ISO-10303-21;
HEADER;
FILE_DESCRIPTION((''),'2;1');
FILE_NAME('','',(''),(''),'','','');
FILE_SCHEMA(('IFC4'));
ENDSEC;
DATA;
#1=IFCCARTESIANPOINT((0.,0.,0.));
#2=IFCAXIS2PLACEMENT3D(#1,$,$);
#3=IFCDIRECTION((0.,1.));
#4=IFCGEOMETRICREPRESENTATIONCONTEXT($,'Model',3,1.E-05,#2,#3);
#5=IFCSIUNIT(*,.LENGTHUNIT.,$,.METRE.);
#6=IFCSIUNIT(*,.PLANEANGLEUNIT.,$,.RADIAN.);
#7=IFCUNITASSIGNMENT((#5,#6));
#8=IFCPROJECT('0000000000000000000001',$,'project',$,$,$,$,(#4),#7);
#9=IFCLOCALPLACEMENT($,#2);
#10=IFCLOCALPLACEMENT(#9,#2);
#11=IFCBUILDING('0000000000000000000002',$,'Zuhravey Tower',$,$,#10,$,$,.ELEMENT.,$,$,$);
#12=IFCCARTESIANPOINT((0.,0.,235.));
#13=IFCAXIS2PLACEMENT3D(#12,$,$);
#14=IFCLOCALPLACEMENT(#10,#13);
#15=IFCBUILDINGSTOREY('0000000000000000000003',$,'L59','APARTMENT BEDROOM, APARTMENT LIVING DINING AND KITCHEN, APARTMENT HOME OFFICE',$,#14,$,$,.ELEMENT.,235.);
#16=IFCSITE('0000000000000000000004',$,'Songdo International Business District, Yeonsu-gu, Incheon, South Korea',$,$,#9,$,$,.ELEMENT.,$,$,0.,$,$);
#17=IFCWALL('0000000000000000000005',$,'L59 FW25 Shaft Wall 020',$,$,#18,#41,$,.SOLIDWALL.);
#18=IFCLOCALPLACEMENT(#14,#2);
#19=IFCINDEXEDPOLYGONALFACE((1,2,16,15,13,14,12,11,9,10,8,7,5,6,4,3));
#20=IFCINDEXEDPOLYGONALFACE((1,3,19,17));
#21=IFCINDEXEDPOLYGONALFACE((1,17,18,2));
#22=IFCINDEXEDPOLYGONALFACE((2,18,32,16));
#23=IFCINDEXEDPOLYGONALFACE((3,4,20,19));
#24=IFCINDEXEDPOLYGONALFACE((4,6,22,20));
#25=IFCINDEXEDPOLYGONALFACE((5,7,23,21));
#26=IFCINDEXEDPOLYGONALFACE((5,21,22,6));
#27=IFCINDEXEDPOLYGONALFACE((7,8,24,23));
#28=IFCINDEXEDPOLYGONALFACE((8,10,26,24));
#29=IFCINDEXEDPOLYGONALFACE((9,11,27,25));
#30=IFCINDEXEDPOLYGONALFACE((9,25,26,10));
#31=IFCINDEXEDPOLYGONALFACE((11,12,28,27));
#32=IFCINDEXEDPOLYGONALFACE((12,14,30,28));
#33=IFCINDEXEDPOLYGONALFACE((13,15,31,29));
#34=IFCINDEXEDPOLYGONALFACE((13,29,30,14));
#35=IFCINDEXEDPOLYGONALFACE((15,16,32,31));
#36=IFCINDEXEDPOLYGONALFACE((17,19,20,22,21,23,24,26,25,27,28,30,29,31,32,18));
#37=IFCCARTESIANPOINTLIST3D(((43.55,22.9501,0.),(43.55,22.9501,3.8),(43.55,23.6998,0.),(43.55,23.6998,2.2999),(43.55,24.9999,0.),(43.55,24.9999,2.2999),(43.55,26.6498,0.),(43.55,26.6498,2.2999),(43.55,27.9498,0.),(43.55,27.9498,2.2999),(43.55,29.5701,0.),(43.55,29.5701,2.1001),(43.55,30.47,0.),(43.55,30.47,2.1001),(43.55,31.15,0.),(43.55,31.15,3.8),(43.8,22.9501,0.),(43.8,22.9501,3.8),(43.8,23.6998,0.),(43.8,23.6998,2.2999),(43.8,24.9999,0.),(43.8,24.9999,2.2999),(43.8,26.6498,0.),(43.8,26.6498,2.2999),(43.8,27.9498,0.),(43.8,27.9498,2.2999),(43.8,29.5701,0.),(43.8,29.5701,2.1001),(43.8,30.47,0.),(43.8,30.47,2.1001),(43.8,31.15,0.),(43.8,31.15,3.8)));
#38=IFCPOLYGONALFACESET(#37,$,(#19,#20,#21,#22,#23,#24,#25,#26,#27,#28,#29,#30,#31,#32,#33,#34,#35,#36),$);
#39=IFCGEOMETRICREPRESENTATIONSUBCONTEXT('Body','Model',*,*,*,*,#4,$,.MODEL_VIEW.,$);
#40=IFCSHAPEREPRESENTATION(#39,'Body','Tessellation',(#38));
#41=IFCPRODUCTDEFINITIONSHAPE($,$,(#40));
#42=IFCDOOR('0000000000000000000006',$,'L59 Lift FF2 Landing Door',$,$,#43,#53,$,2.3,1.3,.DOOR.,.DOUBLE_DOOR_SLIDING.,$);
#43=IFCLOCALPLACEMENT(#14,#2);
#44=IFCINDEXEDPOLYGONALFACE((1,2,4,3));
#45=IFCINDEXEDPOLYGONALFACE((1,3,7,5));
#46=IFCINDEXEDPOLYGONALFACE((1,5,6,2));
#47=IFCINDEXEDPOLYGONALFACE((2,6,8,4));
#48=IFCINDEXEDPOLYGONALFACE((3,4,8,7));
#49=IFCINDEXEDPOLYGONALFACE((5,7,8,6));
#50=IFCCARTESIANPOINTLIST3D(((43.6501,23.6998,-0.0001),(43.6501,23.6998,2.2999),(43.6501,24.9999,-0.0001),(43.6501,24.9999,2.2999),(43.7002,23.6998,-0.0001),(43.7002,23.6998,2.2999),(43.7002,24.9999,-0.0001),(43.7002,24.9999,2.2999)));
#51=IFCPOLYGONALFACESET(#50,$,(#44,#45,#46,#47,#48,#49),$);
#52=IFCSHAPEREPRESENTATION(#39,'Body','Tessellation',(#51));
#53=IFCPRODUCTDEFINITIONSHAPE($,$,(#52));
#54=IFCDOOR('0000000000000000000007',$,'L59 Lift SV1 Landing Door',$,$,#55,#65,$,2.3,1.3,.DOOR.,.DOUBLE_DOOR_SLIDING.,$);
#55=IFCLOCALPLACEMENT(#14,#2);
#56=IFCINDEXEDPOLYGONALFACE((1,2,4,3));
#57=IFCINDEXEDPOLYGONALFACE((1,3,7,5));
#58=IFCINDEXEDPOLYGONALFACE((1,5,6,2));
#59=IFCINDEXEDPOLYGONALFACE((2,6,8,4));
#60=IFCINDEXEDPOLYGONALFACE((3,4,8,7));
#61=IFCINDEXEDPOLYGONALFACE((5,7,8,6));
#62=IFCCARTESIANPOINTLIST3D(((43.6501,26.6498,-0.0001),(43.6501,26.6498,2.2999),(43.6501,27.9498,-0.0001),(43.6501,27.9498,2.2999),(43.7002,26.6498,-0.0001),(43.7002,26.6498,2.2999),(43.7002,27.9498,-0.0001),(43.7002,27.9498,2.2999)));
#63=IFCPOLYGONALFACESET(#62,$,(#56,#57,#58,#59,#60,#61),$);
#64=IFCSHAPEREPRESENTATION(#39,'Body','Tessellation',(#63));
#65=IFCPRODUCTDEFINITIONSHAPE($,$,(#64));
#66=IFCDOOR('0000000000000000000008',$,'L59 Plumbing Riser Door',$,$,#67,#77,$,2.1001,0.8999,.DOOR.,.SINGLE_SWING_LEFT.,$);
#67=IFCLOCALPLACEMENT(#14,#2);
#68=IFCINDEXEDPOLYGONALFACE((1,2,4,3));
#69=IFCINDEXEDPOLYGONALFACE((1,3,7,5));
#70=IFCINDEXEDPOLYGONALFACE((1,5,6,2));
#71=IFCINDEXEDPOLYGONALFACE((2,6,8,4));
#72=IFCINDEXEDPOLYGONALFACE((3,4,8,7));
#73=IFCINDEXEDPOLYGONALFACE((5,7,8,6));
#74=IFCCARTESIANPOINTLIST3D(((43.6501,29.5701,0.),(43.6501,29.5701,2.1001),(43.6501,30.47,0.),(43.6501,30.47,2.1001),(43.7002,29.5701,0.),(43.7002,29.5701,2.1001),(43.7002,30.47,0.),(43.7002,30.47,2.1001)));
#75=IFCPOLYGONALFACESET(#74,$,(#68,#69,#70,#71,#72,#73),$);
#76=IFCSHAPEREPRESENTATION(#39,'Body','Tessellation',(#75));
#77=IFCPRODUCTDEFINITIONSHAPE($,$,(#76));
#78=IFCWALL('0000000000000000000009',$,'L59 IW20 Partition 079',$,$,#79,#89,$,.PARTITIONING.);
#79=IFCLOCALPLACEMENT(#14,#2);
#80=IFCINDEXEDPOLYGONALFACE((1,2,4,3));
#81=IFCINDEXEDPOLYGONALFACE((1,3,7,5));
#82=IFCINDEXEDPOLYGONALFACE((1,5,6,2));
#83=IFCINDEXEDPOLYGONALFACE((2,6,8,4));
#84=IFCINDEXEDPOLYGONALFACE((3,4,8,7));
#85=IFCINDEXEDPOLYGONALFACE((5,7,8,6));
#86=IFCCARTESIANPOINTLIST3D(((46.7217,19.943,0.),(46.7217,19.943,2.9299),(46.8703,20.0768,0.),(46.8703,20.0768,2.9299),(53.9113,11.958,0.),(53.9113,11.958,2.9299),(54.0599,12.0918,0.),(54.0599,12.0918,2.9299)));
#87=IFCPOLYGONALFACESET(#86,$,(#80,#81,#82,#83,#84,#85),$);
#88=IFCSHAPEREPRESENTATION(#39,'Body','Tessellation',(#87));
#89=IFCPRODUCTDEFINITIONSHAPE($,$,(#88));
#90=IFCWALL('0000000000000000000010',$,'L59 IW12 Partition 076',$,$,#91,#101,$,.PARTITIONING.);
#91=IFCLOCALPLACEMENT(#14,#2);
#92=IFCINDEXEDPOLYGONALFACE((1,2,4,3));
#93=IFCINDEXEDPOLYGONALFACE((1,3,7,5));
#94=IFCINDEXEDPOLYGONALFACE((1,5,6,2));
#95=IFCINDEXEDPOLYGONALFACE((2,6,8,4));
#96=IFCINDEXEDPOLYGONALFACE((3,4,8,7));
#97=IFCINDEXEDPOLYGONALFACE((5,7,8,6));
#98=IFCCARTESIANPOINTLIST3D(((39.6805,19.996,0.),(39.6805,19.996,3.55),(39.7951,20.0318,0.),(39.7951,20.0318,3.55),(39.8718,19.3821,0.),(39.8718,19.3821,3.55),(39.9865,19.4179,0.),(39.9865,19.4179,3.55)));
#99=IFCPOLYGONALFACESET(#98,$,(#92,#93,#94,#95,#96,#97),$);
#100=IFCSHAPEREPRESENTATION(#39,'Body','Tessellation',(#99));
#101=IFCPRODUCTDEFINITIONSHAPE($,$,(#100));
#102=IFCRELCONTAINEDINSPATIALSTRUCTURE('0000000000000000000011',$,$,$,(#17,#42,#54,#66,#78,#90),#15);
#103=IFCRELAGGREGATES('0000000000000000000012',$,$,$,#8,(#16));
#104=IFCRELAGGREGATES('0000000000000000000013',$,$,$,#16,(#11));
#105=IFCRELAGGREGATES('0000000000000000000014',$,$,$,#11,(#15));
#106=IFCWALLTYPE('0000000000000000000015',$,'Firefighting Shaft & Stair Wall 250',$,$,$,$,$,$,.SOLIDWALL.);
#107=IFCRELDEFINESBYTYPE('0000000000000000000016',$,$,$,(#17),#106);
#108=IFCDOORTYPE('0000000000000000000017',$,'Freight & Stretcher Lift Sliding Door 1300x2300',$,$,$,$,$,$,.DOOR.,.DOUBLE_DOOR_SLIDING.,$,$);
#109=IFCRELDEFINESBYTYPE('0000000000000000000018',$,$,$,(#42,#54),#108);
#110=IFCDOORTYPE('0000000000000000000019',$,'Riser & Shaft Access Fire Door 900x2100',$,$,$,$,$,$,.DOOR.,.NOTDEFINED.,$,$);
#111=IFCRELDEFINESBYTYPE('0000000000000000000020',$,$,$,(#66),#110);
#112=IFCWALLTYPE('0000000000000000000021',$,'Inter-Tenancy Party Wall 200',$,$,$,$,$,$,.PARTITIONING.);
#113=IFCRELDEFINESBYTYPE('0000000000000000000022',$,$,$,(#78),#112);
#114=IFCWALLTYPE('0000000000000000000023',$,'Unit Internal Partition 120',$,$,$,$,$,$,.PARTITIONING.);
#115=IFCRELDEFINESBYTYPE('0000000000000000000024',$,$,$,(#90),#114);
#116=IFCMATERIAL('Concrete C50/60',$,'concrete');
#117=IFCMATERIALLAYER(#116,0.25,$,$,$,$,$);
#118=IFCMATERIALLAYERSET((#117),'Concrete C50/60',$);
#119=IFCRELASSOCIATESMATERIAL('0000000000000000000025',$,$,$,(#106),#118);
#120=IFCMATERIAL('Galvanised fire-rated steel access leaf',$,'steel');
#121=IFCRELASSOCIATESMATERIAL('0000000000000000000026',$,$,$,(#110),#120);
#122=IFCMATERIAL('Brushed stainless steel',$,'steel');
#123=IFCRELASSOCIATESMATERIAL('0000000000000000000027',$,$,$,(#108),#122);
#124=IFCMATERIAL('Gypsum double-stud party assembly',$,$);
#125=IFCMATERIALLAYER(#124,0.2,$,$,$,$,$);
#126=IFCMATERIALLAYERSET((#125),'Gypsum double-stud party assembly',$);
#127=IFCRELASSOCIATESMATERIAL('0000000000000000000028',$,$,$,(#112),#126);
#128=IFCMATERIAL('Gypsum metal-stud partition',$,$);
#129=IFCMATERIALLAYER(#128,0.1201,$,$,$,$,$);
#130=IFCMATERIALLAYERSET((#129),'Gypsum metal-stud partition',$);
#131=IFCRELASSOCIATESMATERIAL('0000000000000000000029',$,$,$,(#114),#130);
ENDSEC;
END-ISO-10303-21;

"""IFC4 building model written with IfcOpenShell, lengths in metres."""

from ifc_helpers import new_model, si_unit, direction, frame, frame_2d, origin, place, context, subcontext, project, spatial, rectangle, extrude, material, layer, layer_set, type_object, element, fill, save


model = new_model("IFC4")

# Units and contexts
model_context = context("Model", 3, precision=1e-05, world=origin(), true_north=direction((0.0, 1.0)))
body_context = subcontext(model_context, "Body", "Model", "MODEL_VIEW")
ifc_project = project(units=[si_unit("LENGTHUNIT", "METRE"), si_unit("PLANEANGLEUNIT", "RADIAN")], contexts=[model_context])

# Site, building, storey
site_placement = place(None, origin())
site = spatial("IfcSite", under=ifc_project, at=site_placement, Name="Songdo International Business District, Yeonsu-gu, Incheon, South Korea", CompositionType="ELEMENT", RefElevation=0.0)
building_placement = place(site_placement, origin())
building = spatial("IfcBuilding", under=site, at=building_placement, Name="Zuhravey Tower", CompositionType="ELEMENT")
storey_placement = place(building_placement, frame((0.0, 0.0, 235.0)))
storey = spatial("IfcBuildingStorey", under=building, at=storey_placement, Name="L59", Description="APARTMENT BEDROOM, APARTMENT LIVING DINING AND KITCHEN, APARTMENT HOME OFFICE", CompositionType="ELEMENT", Elevation=235.0)

# Shared definitions
ifc_material_1 = material(Name="Concrete C50/60", Category="concrete")

# Shared definitions
ifc_layer_1 = layer(ifc_material_1, 0.25)
ifc_layer_set_1 = layer_set([ifc_layer_1], Name="Concrete C50/60")
wall_type_1 = type_object("IfcWallType", Name="Firefighting Shaft & Stair Wall 250", PredefinedType="SOLIDWALL", material=ifc_layer_set_1)
ifc_material_2 = material(Name="Galvanised fire-rated steel access leaf", Category="steel")
door_type_1 = type_object("IfcDoorType", Name="Riser & Shaft Access Fire Door 900x2100", OperationType="NOTDEFINED", PredefinedType="DOOR", material=ifc_material_2)

# Wall, openings, doors
wall_1_placement = place(storey_placement, frame((43.675, 22.95, 0.0), z_axis=(0.0, 0.0, 1.0), x_axis=(0.0, 1.0, 0.0)))
wall_1 = element("IfcWall", 1, at=wall_1_placement, inside=storey, type_object=wall_type_1, Name="L59 FW25 Shaft Wall 020", PredefinedType="SOLIDWALL", context=body_context, shape_type="SweptSolid", body=[
    extrude(rectangle(XDim=8.2, YDim=0.25, at=frame_2d((4.1001, 0.0))), origin(), (0.0, 0.0, 1.0), 3.8),
])
opening_1_placement = place(wall_1_placement, frame((0.75, 0.0, 0.0)))
opening_1 = element("IfcOpeningElement", 2, at=opening_1_placement, cuts=wall_1, PredefinedType="OPENING", context=body_context, shape_type="SweptSolid", body=[
    extrude(rectangle(XDim=1.3, YDim=2.3, at=frame_2d((0.6499, 1.1499))), frame((0.0, 0.137, 0.0), z_axis=(0.0, -1.0, 0.0), x_axis=(1.0, 0.0, 0.0)), (0.0, 0.0, 1.0), 0.2739),
])
opening_2_placement = place(wall_1_placement, frame((3.7, 0.0, 0.0)))
opening_2 = element("IfcOpeningElement", 3, at=opening_2_placement, cuts=wall_1, PredefinedType="OPENING", context=body_context, shape_type="SweptSolid", body=[
    extrude(rectangle(XDim=1.3, YDim=2.3, at=frame_2d((0.6499, 1.1499))), frame((0.0, 0.137, 0.0), z_axis=(0.0, -1.0, 0.0), x_axis=(1.0, 0.0, 0.0)), (0.0, 0.0, 1.0), 0.2739),
])
opening_3_placement = place(wall_1_placement, frame((6.6201, 0.0, 0.0)))
opening_3 = element("IfcOpeningElement", 4, at=opening_3_placement, cuts=wall_1, PredefinedType="OPENING", context=body_context, shape_type="SweptSolid", body=[
    extrude(rectangle(XDim=0.8999, YDim=2.1001, at=frame_2d((0.45, 1.05))), frame((0.0, 0.137, 0.0), z_axis=(0.0, -1.0, 0.0), x_axis=(1.0, 0.0, 0.0)), (0.0, 0.0, 1.0), 0.2739),
])
ifc_material_3 = material(Name="Brushed stainless steel", Category="steel")
door_type_2 = type_object("IfcDoorType", Name="Freight & Stretcher Lift Sliding Door 1300x2300", OperationType="DOUBLE_DOOR_SLIDING", PredefinedType="DOOR", material=ifc_material_3)
door_1_placement = place(opening_1_placement, origin())
door_1 = element("IfcDoor", 5, at=door_1_placement, inside=storey, type_object=door_type_2, Name="L59 Lift FF2 Landing Door", OperationType="DOUBLE_DOOR_SLIDING", OverallHeight=2.3, OverallWidth=1.3, PredefinedType="DOOR", context=body_context, shape_type="SweptSolid", body=[
    extrude(rectangle(XDim=1.3, YDim=2.3, at=frame_2d((0.6499, 1.1499))), frame((0.0, 0.0249, 0.0), z_axis=(0.0, -1.0, 0.0), x_axis=(1.0, 0.0, 0.0)), (0.0, 0.0, 1.0), 0.05),
])
fill(opening_1, door_1)
door_2_placement = place(opening_2_placement, origin())
door_2 = element("IfcDoor", 6, at=door_2_placement, inside=storey, type_object=door_type_2, Name="L59 Lift SV1 Landing Door", OperationType="DOUBLE_DOOR_SLIDING", OverallHeight=2.3, OverallWidth=1.3, PredefinedType="DOOR", context=body_context, shape_type="SweptSolid", body=[
    extrude(rectangle(XDim=1.3, YDim=2.3, at=frame_2d((0.6499, 1.1499))), frame((0.0, 0.0249, 0.0), z_axis=(0.0, -1.0, 0.0), x_axis=(1.0, 0.0, 0.0)), (0.0, 0.0, 1.0), 0.05),
])
fill(opening_2, door_2)
door_3_placement = place(opening_3_placement, origin())
door_3 = element("IfcDoor", 7, at=door_3_placement, inside=storey, type_object=door_type_1, Name="L59 Plumbing Riser Door", OperationType="SINGLE_SWING_LEFT", OverallHeight=2.1001, OverallWidth=0.8999, PredefinedType="DOOR", context=body_context, shape_type="SweptSolid", body=[
    extrude(rectangle(XDim=0.8999, YDim=2.1001, at=frame_2d((0.45, 1.05))), frame((0.0, 0.0249, 0.0), z_axis=(0.0, -1.0, 0.0), x_axis=(1.0, 0.0, 0.0)), (0.0, 0.0, 1.0), 0.05),
])
fill(opening_3, door_3)

# Walls
ifc_material_4 = material(Name="Gypsum double-stud party assembly")
ifc_layer_2 = layer(ifc_material_4, 0.2)
ifc_layer_set_2 = layer_set([ifc_layer_2], Name="Gypsum double-stud party assembly")
wall_type_2 = type_object("IfcWallType", Name="Inter-Tenancy Party Wall 200", PredefinedType="PARTITIONING", material=ifc_layer_set_2)
wall_2_placement = place(storey_placement, frame((46.7959, 20.01, 0.0), z_axis=(0.0, 0.0, 1.0), x_axis=(0.669124, -0.743151, 0.0)))
element("IfcWall", 8, at=wall_2_placement, inside=storey, type_object=wall_type_2, Name="L59 IW20 Partition 079", PredefinedType="PARTITIONING", context=body_context, shape_type="SweptSolid", body=[
    extrude(rectangle(XDim=10.7449, YDim=0.2, at=frame_2d((5.3726, 0.0))), origin(), (0.0, 0.0, 1.0), 2.9299),
])
ifc_material_5 = material(Name="Gypsum metal-stud partition")
ifc_layer_3 = layer(ifc_material_5, 0.1201)
ifc_layer_set_3 = layer_set([ifc_layer_3], Name="Gypsum metal-stud partition")
wall_type_3 = type_object("IfcWallType", Name="Unit Internal Partition 120", PredefinedType="PARTITIONING", material=ifc_layer_set_3)
wall_3_placement = place(storey_placement, frame((39.7378, 20.0139, 0.0), z_axis=(0.0, 0.0, 1.0), x_axis=(0.297605, -0.954689, 0.0)))
element("IfcWall", 9, at=wall_3_placement, inside=storey, type_object=wall_type_3, Name="L59 IW12 Partition 076", PredefinedType="PARTITIONING", context=body_context, shape_type="SweptSolid", body=[
    extrude(rectangle(XDim=0.6431, YDim=0.1201, at=frame_2d((0.3215, 0.0))), origin(), (0.0, 0.0, 1.0), 3.55),
])

save(model, "model.ifc")
